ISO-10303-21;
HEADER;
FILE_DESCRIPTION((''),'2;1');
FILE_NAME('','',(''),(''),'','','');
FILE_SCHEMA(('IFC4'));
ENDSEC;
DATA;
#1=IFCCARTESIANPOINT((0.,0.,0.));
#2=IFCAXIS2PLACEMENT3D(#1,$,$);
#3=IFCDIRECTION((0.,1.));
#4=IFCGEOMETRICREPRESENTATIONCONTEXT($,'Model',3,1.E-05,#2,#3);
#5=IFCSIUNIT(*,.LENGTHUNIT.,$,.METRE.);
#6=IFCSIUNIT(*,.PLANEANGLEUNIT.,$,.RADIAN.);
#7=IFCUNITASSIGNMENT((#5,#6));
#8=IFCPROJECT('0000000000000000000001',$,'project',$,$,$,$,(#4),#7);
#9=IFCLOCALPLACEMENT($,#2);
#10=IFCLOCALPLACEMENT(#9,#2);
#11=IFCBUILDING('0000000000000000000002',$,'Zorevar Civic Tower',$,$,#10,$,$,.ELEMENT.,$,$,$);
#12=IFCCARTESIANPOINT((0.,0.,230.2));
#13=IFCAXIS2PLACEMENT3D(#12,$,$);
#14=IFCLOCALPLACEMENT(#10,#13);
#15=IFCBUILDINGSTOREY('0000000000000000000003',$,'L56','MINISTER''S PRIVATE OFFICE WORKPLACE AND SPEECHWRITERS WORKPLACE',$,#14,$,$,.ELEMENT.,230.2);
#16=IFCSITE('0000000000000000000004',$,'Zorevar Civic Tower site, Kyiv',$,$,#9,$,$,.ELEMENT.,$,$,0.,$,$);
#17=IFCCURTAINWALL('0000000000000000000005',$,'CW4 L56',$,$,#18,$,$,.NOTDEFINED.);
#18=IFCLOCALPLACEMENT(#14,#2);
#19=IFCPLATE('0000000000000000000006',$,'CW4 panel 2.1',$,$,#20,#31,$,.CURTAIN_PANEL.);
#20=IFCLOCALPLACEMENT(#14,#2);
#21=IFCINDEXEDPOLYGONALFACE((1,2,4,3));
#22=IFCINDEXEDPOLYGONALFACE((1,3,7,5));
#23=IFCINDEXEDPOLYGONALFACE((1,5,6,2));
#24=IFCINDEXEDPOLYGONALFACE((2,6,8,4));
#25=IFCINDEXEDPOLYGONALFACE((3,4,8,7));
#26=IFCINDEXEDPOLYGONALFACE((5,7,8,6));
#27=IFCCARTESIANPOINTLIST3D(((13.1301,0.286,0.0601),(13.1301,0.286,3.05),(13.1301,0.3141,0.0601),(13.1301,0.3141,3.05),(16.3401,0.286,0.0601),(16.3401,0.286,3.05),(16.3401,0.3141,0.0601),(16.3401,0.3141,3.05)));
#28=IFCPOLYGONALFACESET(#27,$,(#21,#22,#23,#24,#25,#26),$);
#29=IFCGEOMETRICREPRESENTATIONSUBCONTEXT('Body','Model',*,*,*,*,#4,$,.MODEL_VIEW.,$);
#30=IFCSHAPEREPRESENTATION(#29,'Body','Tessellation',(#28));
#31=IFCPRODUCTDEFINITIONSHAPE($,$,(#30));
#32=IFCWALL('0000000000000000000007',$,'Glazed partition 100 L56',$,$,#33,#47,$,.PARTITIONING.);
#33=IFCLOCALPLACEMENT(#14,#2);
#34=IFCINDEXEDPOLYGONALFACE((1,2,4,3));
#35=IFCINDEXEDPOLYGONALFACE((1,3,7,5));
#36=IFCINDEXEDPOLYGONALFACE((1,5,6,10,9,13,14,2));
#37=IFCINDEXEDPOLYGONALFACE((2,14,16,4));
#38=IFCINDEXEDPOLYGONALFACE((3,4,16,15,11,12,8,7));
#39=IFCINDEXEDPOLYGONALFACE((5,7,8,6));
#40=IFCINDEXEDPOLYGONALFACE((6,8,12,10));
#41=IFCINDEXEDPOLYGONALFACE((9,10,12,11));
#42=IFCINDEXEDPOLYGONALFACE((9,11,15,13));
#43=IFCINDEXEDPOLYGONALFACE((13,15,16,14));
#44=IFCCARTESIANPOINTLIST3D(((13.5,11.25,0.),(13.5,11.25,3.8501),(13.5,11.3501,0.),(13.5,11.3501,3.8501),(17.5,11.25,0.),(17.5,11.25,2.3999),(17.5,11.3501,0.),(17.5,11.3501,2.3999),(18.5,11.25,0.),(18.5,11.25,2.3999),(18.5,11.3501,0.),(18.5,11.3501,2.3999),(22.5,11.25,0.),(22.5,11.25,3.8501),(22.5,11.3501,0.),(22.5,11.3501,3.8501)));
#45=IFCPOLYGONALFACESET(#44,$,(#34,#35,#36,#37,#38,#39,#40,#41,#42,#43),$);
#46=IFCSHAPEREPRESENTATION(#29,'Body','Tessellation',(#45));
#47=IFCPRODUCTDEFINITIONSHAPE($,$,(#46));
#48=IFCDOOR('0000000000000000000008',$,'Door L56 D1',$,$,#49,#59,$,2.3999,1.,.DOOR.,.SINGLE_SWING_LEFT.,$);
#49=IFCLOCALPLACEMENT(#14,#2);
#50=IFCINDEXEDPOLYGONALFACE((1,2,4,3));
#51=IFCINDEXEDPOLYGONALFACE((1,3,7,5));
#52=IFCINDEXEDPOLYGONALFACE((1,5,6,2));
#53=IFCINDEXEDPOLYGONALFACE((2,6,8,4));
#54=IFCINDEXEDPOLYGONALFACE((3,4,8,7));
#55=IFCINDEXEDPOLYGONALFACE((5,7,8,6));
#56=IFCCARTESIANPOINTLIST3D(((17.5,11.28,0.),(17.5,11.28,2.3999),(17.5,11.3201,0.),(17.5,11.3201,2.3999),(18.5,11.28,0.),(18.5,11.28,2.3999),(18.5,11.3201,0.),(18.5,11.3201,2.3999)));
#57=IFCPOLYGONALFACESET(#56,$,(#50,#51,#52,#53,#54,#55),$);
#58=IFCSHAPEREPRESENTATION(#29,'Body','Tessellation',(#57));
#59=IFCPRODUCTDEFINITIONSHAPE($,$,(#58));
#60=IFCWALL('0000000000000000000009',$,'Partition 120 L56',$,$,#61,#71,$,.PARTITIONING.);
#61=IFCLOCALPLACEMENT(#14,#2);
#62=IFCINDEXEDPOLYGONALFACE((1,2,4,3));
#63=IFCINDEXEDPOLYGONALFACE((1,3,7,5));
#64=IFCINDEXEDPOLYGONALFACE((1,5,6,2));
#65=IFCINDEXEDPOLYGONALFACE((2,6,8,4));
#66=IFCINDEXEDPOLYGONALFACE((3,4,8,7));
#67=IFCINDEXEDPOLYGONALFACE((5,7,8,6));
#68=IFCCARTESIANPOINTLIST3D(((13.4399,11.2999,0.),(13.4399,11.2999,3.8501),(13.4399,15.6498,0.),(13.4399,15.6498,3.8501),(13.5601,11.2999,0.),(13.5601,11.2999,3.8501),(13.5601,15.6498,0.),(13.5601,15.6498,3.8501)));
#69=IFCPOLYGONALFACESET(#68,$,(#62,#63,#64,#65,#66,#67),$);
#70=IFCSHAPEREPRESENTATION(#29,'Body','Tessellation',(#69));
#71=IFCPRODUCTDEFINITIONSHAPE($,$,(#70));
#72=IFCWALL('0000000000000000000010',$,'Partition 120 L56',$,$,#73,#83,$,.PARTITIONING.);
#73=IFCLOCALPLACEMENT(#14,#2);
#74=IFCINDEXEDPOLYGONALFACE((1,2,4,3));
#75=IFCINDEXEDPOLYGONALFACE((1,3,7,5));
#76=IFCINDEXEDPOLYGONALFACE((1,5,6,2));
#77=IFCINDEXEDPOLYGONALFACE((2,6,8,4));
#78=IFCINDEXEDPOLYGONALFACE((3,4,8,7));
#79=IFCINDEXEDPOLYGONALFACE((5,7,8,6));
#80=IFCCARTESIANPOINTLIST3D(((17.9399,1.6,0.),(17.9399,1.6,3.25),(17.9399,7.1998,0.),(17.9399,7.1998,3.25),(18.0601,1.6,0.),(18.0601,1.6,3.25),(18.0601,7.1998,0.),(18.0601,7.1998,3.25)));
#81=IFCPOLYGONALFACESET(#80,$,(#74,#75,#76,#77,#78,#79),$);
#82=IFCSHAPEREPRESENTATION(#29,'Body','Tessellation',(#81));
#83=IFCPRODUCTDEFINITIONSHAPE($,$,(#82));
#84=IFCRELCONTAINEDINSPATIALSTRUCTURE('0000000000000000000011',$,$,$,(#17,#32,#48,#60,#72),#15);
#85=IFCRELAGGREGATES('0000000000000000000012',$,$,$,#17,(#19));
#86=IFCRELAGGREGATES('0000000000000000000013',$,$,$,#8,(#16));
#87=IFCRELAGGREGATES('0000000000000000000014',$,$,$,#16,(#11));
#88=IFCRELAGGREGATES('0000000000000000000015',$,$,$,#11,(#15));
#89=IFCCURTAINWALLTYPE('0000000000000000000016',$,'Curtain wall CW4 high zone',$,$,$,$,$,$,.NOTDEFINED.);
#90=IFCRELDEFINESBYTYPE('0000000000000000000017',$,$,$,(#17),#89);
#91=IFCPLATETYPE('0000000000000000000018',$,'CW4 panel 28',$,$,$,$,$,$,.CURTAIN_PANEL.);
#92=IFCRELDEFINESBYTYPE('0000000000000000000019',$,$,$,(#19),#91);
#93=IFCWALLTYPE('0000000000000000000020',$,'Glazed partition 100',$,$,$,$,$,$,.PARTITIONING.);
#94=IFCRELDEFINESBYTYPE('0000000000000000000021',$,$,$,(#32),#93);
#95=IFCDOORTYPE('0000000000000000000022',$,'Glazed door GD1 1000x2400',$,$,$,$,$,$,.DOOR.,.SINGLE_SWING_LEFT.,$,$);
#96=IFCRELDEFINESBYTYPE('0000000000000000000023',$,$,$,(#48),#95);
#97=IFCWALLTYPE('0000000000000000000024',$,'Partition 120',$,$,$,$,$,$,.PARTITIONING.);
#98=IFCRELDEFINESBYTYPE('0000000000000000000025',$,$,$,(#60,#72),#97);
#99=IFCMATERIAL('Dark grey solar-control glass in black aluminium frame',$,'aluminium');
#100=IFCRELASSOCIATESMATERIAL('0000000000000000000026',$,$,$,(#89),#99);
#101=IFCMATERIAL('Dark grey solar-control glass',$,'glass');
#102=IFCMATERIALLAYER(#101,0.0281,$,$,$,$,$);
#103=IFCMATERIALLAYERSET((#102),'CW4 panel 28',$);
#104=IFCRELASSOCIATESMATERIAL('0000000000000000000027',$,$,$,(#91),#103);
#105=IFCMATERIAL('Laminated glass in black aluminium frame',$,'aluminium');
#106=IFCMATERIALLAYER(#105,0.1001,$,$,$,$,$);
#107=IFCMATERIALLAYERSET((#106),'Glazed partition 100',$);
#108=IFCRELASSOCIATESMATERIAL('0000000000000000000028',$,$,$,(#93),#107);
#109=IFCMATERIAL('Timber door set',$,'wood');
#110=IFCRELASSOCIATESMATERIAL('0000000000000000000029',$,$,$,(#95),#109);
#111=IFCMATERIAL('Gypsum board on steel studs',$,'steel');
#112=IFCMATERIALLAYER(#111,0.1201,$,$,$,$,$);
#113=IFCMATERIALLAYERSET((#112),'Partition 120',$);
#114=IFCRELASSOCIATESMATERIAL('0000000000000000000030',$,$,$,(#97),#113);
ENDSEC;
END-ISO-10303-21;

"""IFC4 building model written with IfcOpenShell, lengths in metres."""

from ifc_helpers import new_model, si_unit, direction, frame, frame_2d, origin, origin_2d, place, context, subcontext, project, spatial, rectangle, extrude, material, layer, layer_set, type_object, element, fill, aggregate, save


model = new_model("IFC4")

# Units and contexts
model_context = context("Model", 3, precision=1e-05, world=origin(), true_north=direction((0.0, 1.0)))
body_context = subcontext(model_context, "Body", "Model", "MODEL_VIEW")
ifc_project = project(units=[si_unit("LENGTHUNIT", "METRE"), si_unit("PLANEANGLEUNIT", "RADIAN")], contexts=[model_context])

# Site, building, storey
site_placement = place(None, origin())
site = spatial("IfcSite", under=ifc_project, at=site_placement, Name="Zorevar Civic Tower site, Kyiv", CompositionType="ELEMENT", RefElevation=0.0)
building_placement = place(site_placement, origin())
building = spatial("IfcBuilding", under=site, at=building_placement, Name="Zorevar Civic Tower", CompositionType="ELEMENT")
storey_placement = place(building_placement, frame((0.0, 0.0, 230.2)))
storey = spatial("IfcBuildingStorey", under=building, at=storey_placement, Name="L56", Description="MINISTER'S PRIVATE OFFICE WORKPLACE AND SPEECHWRITERS WORKPLACE", CompositionType="ELEMENT", Elevation=230.2)

# Curtain wall
ifc_material_1 = material(Name="Dark grey solar-control glass in black aluminium frame", Category="aluminium")
curtain_wall_type = type_object("IfcCurtainWallType", Name="Curtain wall CW4 high zone", PredefinedType="NOTDEFINED", material=ifc_material_1)
curtain_wall_1_placement = place(storey_placement, origin())
curtain_wall_1 = element("IfcCurtainWall", 1, at=curtain_wall_1_placement, inside=storey, type_object=curtain_wall_type, Name="CW4 L56", PredefinedType="NOTDEFINED")

# Plate
ifc_material_2 = material(Name="Dark grey solar-control glass", Category="glass")
ifc_layer_1 = layer(ifc_material_2, 0.0281)
ifc_layer_set_1 = layer_set([ifc_layer_1], Name="CW4 panel 28")
plate_type = type_object("IfcPlateType", Name="CW4 panel 28", PredefinedType="CURTAIN_PANEL", material=ifc_layer_set_1)
plate_1_placement = place(storey_placement, frame((14.7351, 0.3, 0.0601), z_axis=(0.0, 0.0, 1.0), x_axis=(1.0, 0.0, 0.0)))
plate_1 = element("IfcPlate", 2, at=plate_1_placement, type_object=plate_type, Name="CW4 panel 2.1", PredefinedType="CURTAIN_PANEL", context=body_context, shape_type="SweptSolid", body=[
    extrude(rectangle(XDim=3.21, YDim=0.0281, at=origin_2d()), origin(), (0.0, 0.0, 1.0), 2.99),
])
aggregate(curtain_wall_1, [plate_1])

# Wall, opening, door
ifc_material_3 = material(Name="Laminated glass in black aluminium frame", Category="aluminium")
ifc_layer_2 = layer(ifc_material_3, 0.1001)
ifc_layer_set_2 = layer_set([ifc_layer_2], Name="Glazed partition 100")
wall_type_1 = type_object("IfcWallType", Name="Glazed partition 100", PredefinedType="PARTITIONING", material=ifc_layer_set_2)
wall_1_placement = place(storey_placement, frame((13.5, 11.3, 0.0), z_axis=(0.0, 0.0, 1.0), x_axis=(1.0, 0.0, 0.0)))
wall_1 = element("IfcWall", 3, at=wall_1_placement, inside=storey, type_object=wall_type_1, Name="Glazed partition 100 L56", PredefinedType="PARTITIONING", context=body_context, shape_type="SweptSolid", body=[
    extrude(rectangle(XDim=9.0, YDim=0.1001, at=frame_2d((4.5, 0.0))), origin(), (0.0, 0.0, 1.0), 3.8501),
])
opening_placement = place(wall_1_placement, frame((4.0, 0.0, 0.0)))
opening = element("IfcOpeningElement", 4, at=opening_placement, cuts=wall_1, PredefinedType="OPENING", context=body_context, shape_type="SweptSolid", body=[
    extrude(rectangle(XDim=1.0, YDim=2.3999, at=frame_2d((0.5, 1.2))), frame((0.0, 0.0601, 0.0), z_axis=(0.0, -1.0, 0.0), x_axis=(1.0, 0.0, 0.0)), (0.0, 0.0, 1.0), 0.1201),
])
ifc_material_4 = material(Name="Timber door set", Category="wood")
door_type = type_object("IfcDoorType", Name="Glazed door GD1 1000x2400", OperationType="SINGLE_SWING_LEFT", PredefinedType="DOOR", material=ifc_material_4)
door_placement = place(opening_placement, origin())
door = element("IfcDoor", 5, at=door_placement, inside=storey, type_object=door_type, Name="Door L56 D1", OperationType="SINGLE_SWING_LEFT", OverallHeight=2.3999, OverallWidth=1.0, PredefinedType="DOOR", context=body_context, shape_type="SweptSolid", body=[
    extrude(rectangle(XDim=1.0, YDim=2.3999, at=frame_2d((0.5, 1.2))), frame((0.0, 0.02, 0.0), z_axis=(0.0, -1.0, 0.0), x_axis=(1.0, 0.0, 0.0)), (0.0, 0.0, 1.0), 0.04),
])
fill(opening, door)

# Walls
ifc_material_5 = material(Name="Gypsum board on steel studs", Category="steel")
ifc_layer_3 = layer(ifc_material_5, 0.1201)
ifc_layer_set_3 = layer_set([ifc_layer_3], Name="Partition 120")
wall_type_2 = type_object("IfcWallType", Name="Partition 120", PredefinedType="PARTITIONING", material=ifc_layer_set_3)
wall_2_placement = place(storey_placement, frame((13.5, 11.3, 0.0), z_axis=(0.0, 0.0, 1.0), x_axis=(0.0, 1.0, 0.0)))
element("IfcWall", 6, at=wall_2_placement, inside=storey, type_object=wall_type_2, Name="Partition 120 L56", PredefinedType="PARTITIONING", context=body_context, shape_type="SweptSolid", body=[
    extrude(rectangle(XDim=4.3499, YDim=0.1201, at=frame_2d((2.1748, 0.0))), origin(), (0.0, 0.0, 1.0), 3.8501),
])
wall_3_placement = place(storey_placement, frame((18.0, 1.6001, 0.0), z_axis=(0.0, 0.0, 1.0), x_axis=(0.0, 1.0, 0.0)))
element("IfcWall", 7, at=wall_3_placement, inside=storey, type_object=wall_type_2, Name="Partition 120 L56", PredefinedType="PARTITIONING", context=body_context, shape_type="SweptSolid", body=[
    extrude(rectangle(XDim=5.5999, YDim=0.1201, at=frame_2d((2.7998, 0.0))), origin(), (0.0, 0.0, 1.0), 3.25),
])

save(model, "model.ifc")
